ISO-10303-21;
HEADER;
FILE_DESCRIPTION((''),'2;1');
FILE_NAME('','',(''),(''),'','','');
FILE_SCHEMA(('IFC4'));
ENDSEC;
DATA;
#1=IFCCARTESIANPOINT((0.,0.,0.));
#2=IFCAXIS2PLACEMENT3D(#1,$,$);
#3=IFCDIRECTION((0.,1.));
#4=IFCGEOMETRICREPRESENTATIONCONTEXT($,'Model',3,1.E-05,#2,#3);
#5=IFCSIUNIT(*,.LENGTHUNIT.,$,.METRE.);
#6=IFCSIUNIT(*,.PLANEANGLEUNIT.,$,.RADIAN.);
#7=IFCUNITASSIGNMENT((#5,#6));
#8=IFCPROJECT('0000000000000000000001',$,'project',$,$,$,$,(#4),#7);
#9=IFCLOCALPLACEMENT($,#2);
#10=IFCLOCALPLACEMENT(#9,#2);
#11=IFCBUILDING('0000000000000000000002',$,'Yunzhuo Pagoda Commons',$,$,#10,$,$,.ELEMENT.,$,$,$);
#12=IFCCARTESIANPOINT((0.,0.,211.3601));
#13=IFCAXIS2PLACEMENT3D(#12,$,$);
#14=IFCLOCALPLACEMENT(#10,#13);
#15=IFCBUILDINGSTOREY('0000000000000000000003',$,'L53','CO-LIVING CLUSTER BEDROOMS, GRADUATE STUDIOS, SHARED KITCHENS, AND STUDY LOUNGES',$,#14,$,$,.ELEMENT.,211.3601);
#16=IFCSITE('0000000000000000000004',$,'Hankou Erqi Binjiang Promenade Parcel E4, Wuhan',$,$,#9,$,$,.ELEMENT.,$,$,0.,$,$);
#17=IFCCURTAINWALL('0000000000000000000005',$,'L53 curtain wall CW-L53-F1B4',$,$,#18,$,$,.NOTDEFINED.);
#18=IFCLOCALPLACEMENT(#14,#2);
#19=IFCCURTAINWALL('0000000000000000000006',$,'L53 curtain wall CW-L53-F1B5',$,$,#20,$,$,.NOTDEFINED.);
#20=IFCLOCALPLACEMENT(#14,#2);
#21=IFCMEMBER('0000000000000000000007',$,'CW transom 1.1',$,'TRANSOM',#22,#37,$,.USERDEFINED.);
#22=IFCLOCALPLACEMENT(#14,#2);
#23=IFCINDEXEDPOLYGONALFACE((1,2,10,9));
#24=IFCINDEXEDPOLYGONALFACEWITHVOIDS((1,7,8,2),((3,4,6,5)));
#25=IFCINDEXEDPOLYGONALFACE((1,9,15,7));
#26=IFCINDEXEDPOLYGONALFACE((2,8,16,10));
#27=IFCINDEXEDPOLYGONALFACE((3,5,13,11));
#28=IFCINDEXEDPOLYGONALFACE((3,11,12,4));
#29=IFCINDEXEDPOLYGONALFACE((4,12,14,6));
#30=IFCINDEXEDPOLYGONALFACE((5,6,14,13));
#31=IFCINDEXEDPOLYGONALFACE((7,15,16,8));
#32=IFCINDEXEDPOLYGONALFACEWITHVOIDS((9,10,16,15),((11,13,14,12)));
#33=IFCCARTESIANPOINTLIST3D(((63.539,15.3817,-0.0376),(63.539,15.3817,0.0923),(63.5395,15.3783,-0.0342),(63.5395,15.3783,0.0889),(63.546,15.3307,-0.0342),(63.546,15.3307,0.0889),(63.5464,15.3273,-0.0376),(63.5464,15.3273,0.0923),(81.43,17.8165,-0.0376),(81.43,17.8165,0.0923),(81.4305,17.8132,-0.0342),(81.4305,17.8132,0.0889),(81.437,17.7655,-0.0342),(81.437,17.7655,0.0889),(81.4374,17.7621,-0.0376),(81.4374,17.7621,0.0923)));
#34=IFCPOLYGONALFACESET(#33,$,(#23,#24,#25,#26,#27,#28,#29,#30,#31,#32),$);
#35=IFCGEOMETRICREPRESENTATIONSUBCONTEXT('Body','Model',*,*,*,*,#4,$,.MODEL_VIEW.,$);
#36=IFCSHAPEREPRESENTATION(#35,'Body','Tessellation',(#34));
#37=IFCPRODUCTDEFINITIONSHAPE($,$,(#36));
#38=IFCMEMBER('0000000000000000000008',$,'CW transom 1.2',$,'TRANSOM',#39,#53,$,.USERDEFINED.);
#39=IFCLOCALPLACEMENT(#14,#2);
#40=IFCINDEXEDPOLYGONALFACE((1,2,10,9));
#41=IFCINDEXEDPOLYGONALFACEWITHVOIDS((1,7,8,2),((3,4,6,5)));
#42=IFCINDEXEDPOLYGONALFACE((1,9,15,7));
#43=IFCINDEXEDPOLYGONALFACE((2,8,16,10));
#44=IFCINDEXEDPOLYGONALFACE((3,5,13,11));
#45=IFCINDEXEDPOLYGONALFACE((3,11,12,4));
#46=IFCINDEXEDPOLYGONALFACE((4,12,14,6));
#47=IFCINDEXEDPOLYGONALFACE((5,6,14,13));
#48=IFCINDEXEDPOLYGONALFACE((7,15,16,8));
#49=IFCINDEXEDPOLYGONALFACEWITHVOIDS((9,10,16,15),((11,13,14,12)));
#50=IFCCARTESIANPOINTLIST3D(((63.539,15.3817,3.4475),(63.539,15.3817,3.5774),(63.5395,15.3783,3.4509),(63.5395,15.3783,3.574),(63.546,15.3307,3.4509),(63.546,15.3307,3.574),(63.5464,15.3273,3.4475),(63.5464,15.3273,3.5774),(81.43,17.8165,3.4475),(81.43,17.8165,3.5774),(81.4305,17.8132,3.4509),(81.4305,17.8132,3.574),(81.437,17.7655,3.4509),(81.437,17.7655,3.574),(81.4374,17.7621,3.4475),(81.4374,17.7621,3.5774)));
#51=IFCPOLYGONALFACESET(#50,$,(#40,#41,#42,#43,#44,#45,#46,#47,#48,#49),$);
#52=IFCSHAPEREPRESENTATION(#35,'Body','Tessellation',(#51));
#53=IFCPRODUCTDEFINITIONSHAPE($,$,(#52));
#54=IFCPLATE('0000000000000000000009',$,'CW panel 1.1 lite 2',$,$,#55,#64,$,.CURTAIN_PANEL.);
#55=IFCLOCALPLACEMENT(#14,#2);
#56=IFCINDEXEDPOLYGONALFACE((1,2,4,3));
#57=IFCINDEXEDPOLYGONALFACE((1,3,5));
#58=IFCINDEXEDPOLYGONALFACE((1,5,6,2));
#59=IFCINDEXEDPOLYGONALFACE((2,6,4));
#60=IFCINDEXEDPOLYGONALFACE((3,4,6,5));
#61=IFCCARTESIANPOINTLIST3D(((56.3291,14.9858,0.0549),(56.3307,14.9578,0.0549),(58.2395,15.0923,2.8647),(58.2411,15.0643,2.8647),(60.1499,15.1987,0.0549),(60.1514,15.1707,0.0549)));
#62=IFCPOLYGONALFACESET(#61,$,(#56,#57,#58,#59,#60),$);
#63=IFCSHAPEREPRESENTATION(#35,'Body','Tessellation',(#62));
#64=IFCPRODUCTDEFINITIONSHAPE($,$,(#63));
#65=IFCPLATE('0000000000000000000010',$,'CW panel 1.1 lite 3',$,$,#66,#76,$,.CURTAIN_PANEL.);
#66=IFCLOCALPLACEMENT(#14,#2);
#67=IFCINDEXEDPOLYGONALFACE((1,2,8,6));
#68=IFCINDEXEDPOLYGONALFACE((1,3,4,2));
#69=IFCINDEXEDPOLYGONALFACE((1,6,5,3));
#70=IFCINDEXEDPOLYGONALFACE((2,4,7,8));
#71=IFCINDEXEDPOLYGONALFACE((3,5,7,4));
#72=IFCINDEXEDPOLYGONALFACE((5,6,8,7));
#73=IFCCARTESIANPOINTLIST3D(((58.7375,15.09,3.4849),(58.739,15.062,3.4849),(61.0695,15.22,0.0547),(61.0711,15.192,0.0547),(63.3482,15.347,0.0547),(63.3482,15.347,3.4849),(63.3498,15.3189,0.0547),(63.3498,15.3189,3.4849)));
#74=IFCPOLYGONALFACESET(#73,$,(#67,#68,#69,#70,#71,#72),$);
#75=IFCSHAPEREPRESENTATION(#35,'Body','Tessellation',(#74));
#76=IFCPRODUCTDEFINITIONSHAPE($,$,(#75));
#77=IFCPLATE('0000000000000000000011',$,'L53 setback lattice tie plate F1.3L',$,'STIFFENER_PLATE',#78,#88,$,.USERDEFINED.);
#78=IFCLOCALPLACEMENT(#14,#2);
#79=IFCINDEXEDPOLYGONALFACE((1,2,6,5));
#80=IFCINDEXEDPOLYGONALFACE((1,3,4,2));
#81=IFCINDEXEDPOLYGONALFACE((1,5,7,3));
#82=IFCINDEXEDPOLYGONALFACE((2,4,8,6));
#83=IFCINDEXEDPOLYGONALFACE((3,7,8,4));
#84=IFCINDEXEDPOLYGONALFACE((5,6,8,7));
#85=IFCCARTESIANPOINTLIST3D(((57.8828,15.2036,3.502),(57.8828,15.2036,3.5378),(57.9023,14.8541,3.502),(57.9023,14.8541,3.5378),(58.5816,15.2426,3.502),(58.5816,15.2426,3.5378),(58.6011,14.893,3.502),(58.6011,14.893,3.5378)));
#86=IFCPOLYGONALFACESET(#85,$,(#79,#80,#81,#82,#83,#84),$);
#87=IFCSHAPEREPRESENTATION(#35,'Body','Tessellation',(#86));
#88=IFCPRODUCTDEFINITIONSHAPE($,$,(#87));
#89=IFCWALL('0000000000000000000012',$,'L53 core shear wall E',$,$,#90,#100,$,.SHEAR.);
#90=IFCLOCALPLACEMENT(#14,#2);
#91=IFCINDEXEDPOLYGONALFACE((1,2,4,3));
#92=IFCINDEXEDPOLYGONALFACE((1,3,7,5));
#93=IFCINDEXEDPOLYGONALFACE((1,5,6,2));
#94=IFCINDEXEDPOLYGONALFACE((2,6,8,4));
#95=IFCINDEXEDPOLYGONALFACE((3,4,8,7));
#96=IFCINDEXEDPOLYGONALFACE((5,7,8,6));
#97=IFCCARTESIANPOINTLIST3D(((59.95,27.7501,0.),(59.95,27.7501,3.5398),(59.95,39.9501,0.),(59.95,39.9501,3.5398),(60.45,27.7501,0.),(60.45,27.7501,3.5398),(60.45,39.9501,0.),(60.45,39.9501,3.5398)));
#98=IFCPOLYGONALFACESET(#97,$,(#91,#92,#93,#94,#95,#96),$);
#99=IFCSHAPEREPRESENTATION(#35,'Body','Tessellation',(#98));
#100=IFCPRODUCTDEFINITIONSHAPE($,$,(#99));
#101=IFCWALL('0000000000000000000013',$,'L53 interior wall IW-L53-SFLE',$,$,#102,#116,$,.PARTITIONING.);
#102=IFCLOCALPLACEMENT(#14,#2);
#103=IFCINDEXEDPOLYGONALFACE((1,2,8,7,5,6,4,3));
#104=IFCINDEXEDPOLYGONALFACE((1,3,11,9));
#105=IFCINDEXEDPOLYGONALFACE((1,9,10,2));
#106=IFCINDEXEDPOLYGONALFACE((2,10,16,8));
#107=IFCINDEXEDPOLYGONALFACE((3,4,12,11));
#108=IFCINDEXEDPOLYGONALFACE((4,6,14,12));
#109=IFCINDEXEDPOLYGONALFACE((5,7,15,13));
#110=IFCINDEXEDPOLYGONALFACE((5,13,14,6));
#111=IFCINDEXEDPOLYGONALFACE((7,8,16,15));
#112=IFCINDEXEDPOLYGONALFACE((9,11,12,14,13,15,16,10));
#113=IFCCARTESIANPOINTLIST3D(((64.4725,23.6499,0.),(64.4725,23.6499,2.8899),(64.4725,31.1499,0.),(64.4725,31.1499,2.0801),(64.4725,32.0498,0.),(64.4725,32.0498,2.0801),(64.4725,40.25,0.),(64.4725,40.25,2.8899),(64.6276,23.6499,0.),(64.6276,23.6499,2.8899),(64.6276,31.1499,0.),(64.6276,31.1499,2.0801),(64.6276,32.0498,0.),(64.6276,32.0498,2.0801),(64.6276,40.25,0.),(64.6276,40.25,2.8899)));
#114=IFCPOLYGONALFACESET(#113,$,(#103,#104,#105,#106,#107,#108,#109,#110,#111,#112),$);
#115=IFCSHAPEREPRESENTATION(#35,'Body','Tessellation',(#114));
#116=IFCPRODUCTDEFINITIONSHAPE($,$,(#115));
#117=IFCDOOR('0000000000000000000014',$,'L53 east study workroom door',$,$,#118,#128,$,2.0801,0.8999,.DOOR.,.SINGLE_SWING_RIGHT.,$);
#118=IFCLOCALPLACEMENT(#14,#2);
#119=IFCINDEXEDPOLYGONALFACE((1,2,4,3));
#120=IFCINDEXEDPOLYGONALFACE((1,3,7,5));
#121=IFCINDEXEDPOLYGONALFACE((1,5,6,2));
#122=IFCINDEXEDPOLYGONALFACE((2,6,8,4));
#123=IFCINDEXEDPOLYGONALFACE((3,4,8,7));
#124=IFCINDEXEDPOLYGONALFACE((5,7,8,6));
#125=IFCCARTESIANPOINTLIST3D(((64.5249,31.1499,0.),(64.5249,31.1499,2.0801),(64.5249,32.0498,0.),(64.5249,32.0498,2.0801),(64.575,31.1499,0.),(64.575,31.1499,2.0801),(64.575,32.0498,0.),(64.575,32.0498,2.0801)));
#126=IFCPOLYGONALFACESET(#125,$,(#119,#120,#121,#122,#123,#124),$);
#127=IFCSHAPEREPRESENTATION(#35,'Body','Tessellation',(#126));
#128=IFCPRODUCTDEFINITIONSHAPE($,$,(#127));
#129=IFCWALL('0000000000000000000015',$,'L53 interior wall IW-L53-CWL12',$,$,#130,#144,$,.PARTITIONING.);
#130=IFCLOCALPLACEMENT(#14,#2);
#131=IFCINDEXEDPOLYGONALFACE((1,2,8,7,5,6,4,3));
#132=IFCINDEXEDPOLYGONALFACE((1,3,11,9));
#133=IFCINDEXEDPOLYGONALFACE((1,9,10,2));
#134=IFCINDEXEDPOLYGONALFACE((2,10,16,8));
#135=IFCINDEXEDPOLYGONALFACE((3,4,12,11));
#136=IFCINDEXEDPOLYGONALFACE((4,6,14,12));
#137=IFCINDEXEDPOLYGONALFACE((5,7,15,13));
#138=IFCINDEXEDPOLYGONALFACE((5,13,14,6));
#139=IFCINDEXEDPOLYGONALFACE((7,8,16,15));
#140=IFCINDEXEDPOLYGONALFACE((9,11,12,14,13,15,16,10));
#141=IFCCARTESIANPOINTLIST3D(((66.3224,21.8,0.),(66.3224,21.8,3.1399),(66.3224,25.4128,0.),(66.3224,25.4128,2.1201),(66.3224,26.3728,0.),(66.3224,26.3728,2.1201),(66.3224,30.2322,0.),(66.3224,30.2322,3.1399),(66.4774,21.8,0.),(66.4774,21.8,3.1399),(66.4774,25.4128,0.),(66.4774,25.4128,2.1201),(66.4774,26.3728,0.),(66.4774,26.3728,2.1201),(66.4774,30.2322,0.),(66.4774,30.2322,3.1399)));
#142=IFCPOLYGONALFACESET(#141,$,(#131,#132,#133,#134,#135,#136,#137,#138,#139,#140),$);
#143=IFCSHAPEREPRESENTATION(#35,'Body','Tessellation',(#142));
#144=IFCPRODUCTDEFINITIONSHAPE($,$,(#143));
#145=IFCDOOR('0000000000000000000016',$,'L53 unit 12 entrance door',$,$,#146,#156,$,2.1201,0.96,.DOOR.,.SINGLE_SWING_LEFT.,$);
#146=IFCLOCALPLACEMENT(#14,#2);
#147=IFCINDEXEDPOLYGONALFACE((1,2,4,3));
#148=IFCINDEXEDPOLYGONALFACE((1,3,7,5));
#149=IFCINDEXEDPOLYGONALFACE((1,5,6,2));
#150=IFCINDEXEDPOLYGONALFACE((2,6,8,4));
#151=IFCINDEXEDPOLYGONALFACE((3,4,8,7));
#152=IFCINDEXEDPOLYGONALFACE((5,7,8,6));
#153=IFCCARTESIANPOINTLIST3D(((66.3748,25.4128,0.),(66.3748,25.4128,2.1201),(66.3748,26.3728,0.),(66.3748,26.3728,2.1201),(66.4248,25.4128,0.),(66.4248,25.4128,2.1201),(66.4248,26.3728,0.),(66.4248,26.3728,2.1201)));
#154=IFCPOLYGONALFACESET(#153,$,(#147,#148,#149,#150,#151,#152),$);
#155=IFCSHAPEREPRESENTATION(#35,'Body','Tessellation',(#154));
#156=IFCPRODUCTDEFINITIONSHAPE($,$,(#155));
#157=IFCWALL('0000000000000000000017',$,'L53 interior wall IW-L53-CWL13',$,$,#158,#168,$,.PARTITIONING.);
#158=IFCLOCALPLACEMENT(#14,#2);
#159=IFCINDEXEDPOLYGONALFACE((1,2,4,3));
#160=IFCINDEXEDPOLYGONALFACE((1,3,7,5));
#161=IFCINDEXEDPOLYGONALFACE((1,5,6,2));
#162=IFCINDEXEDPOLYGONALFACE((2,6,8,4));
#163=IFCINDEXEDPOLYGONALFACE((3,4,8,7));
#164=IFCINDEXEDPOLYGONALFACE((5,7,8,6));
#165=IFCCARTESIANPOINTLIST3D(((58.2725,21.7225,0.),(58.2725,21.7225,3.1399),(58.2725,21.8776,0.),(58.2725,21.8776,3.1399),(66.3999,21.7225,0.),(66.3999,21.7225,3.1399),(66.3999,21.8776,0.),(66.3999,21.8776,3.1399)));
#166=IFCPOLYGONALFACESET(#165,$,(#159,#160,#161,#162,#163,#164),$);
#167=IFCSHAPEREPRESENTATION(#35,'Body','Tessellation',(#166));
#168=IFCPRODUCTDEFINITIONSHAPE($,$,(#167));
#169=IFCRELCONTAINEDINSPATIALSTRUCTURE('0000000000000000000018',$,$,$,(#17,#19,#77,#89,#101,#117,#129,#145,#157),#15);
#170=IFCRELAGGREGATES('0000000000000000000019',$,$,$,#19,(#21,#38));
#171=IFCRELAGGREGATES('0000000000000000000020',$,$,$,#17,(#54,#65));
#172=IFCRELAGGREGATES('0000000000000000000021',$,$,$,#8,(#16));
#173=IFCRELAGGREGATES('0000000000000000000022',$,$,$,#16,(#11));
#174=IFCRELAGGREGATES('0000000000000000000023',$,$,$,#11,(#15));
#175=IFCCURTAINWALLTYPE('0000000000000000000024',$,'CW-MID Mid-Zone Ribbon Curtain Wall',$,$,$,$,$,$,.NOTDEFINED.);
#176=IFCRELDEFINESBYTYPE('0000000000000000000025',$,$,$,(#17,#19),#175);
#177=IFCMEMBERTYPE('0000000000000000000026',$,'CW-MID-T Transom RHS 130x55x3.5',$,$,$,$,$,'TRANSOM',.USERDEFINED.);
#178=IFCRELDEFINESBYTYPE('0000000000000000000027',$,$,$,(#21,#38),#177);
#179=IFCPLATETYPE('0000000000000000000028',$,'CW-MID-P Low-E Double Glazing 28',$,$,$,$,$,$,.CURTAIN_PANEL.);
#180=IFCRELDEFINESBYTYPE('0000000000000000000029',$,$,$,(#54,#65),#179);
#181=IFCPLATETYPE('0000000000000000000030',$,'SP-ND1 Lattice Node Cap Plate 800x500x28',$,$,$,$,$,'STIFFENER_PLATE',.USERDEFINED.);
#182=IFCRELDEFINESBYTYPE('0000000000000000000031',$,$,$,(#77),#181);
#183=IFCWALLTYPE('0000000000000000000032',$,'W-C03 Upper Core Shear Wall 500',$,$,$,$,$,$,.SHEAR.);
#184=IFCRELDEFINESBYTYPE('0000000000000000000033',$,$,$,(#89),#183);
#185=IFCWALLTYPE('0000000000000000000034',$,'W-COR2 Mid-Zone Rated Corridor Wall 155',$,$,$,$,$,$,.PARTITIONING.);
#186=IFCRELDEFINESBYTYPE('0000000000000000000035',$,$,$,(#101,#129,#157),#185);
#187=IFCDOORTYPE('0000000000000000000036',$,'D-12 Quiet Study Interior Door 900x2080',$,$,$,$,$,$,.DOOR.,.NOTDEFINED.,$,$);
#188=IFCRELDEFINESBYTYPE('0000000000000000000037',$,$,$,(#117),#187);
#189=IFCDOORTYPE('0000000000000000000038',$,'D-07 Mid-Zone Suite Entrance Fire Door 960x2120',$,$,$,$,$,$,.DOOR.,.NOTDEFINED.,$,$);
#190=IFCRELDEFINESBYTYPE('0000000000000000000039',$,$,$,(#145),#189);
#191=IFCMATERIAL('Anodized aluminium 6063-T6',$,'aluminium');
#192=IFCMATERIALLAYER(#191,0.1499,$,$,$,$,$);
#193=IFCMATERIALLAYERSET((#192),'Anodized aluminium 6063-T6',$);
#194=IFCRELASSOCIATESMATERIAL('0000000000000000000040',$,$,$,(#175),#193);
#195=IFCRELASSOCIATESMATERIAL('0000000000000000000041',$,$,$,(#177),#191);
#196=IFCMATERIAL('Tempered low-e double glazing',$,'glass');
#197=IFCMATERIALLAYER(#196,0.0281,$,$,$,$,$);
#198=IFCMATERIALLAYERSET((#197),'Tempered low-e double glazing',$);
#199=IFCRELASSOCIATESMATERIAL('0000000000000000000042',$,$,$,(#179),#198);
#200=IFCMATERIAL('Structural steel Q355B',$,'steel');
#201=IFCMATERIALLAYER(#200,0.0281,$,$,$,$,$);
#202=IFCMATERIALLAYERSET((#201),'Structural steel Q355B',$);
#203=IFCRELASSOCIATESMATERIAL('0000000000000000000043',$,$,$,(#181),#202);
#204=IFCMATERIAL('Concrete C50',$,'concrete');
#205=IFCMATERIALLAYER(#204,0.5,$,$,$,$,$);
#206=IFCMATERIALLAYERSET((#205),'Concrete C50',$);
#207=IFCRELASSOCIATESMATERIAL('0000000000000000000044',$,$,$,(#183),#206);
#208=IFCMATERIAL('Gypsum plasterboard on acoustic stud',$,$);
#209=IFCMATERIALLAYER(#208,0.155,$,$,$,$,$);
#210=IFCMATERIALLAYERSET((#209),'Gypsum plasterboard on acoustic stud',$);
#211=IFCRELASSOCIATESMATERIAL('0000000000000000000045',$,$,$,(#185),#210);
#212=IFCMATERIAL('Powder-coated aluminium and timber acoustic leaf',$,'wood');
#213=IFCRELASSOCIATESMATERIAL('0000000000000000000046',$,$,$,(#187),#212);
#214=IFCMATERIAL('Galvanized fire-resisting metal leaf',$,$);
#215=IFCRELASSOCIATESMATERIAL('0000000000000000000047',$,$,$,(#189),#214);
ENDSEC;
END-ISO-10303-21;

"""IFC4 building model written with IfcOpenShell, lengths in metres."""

from ifc_helpers import new_model, si_unit, direction, frame, frame_2d, origin, origin_with_axes, origin_2d, place, context, subcontext, project, spatial, polyline, rectangle, hollow_rectangle, outline, extrude, source, transform, mapped, material, layer, layer_set, material_profile, profile_set, type_object, element, fill, aggregate, save


model = new_model("IFC4")

# Units and contexts
model_context = context("Model", 3, precision=1e-05, world=origin(), true_north=direction((0.0, 1.0)))
body_context = subcontext(model_context, "Body", "Model", "MODEL_VIEW")
ifc_project = project(units=[si_unit("LENGTHUNIT", "METRE"), si_unit("PLANEANGLEUNIT", "RADIAN")], contexts=[model_context])

# Site, building, storey
site_placement = place(None, origin())
site = spatial("IfcSite", under=ifc_project, at=site_placement, Name="Hankou Erqi Binjiang Promenade Parcel E4, Wuhan", CompositionType="ELEMENT", RefElevation=0.0)
building_placement = place(site_placement, origin())
building = spatial("IfcBuilding", under=site, at=building_placement, Name="Yunzhuo Pagoda Commons", CompositionType="ELEMENT")
storey_placement = place(building_placement, frame((0.0, 0.0, 211.3601)))
storey = spatial("IfcBuildingStorey", under=building, at=storey_placement, Name="L53", Description="CO-LIVING CLUSTER BEDROOMS, GRADUATE STUDIOS, SHARED KITCHENS, AND STUDY LOUNGES", CompositionType="ELEMENT", Elevation=211.3601)

# Shared definitions
ifc_material_1 = material(Name="Structural steel Q355B", Category="steel")

# Curtain wall
ifc_material_2 = material(Name="Anodized aluminium 6063-T6", Category="aluminium")
ifc_layer_1 = layer(ifc_material_2, 0.1499)
ifc_layer_set_1 = layer_set([ifc_layer_1], Name="Anodized aluminium 6063-T6")
curtain_wall_type = type_object("IfcCurtainWallType", Name="CW-MID Mid-Zone Ribbon Curtain Wall", PredefinedType="NOTDEFINED", material=ifc_layer_set_1)
curtain_wall_1_placement = place(storey_placement, origin())
curtain_wall_1 = element("IfcCurtainWall", 1, at=curtain_wall_1_placement, inside=storey, type_object=curtain_wall_type, Name="L53 curtain wall CW-L53-F1B4", PredefinedType="NOTDEFINED")

# Curtain wall, members
curtain_wall_2_placement = place(storey_placement, origin())
curtain_wall_2 = element("IfcCurtainWall", 2, at=curtain_wall_2_placement, inside=storey, type_object=curtain_wall_type, Name="L53 curtain wall CW-L53-F1B5", PredefinedType="NOTDEFINED")
ifc_material_profile_1 = material_profile(ifc_material_2, hollow_rectangle(XDim=0.0549, YDim=0.1299, WallThickness=0.0034, at=origin_2d()), Name="Anodized aluminium 6063-T6")
ifc_profile_set_1 = profile_set([ifc_material_profile_1], Name="Anodized aluminium 6063-T6")
member_type_1 = type_object("IfcMemberType", Name="CW-MID-T Transom RHS 130x55x3.5", ElementType="TRANSOM", PredefinedType="USERDEFINED", material=ifc_profile_set_1)
shared_shape_1 = source(origin(), body_context, "Body", "SweptSolid", [
    extrude(hollow_rectangle(XDim=0.0549, YDim=0.1299, WallThickness=0.0034, at=origin_2d()), origin(), (0.0, 0.0, 1.0), 18.0559),
])
member_1_placement = place(storey_placement, frame((63.5427, 15.3545, 0.0273), z_axis=(0.990866, 0.13485, 0.0), x_axis=(-0.13485, 0.990866, 0.0)))
member_1 = element("IfcMember", 3, at=member_1_placement, type_object=member_type_1, Name="CW transom 1.1", ObjectType="TRANSOM", PredefinedType="USERDEFINED", context=body_context, shape_type="MappedRepresentation", body=[
    mapped(shared_shape_1, transform((0.0, 0.0, 0.0), scale=1.0)),
])
member_2_placement = place(storey_placement, frame((63.5427, 15.3545, 3.5125), z_axis=(0.990866, 0.13485, 0.0), x_axis=(-0.13485, 0.990866, 0.0)))
member_2 = element("IfcMember", 4, at=member_2_placement, type_object=member_type_1, Name="CW transom 1.2", ObjectType="TRANSOM", PredefinedType="USERDEFINED", context=body_context, shape_type="MappedRepresentation", body=[
    mapped(shared_shape_1, transform((0.0, 0.0, 0.0), scale=1.0)),
])
aggregate(curtain_wall_2, [member_1, member_2])

# Plates
ifc_material_3 = material(Name="Tempered low-e double glazing", Category="glass")
ifc_layer_2 = layer(ifc_material_3, 0.0281)
ifc_layer_set_2 = layer_set([ifc_layer_2], Name="Tempered low-e double glazing")
plate_type_1 = type_object("IfcPlateType", Name="CW-MID-P Low-E Double Glazing 28", PredefinedType="CURTAIN_PANEL", material=ifc_layer_set_2)
plate_1_placement = place(storey_placement, frame((58.2395, 15.0923, 1.46), z_axis=(0.055642, -0.998451, 0.0), x_axis=(0.998451, 0.055642, 0.0)))
plate_1 = element("IfcPlate", 5, at=plate_1_placement, type_object=plate_type_1, Name="CW panel 1.1 lite 2", PredefinedType="CURTAIN_PANEL", context=body_context, shape_type="SweptSolid", body=[
    extrude(outline(polyline([(-1.9133, -1.405), (1.9133, -1.405), (0.0, 1.4048), (-1.9133, -1.405)])), origin(), (0.0, 0.0, 1.0), 0.0281),
])
plate_2_placement = place(storey_placement, frame((61.043, 15.2185, 1.7698), z_axis=(0.055642, -0.998451, 0.0), x_axis=(0.998451, 0.055642, 0.0)))
plate_2 = element("IfcPlate", 6, at=plate_2_placement, type_object=plate_type_1, Name="CW panel 1.1 lite 3", PredefinedType="CURTAIN_PANEL", context=body_context, shape_type="SweptSolid", body=[
    extrude(outline(polyline([(-2.3091, 1.7151), (0.0266, -1.7151), (2.3088, -1.7151), (2.3088, 1.7151), (-2.3091, 1.7151)])), origin(), (0.0, 0.0, 1.0), 0.0281),
])
aggregate(curtain_wall_1, [plate_1, plate_2])
ifc_layer_3 = layer(ifc_material_1, 0.0281)
ifc_layer_set_3 = layer_set([ifc_layer_3], Name="Structural steel Q355B")
plate_type_2 = type_object("IfcPlateType", Name="SP-ND1 Lattice Node Cap Plate 800x500x28", ElementType="STIFFENER_PLATE", PredefinedType="USERDEFINED", material=ifc_layer_set_3)
shared_shape_2 = source(origin(), body_context, "Body", "SweptSolid", [
    extrude(rectangle(XDim=0.7, YDim=0.3501, at=origin_2d()), origin(), (0.0, 0.0, 1.0), 0.0359),
])
plate_3_placement = place(storey_placement, frame((58.2419, 15.0483, 3.502), z_axis=(0.0, 0.0, 1.0), x_axis=(0.99845, 0.055647, 0.0)))
element("IfcPlate", 7, at=plate_3_placement, inside=storey, type_object=plate_type_2, Name="L53 setback lattice tie plate F1.3L", ObjectType="STIFFENER_PLATE", PredefinedType="USERDEFINED", context=body_context, shape_type="MappedRepresentation", body=[
    mapped(shared_shape_2, transform((0.0, 0.0, 0.0), scale=1.0)),
])

# Wall
ifc_material_4 = material(Name="Concrete C50", Category="concrete")
ifc_layer_4 = layer(ifc_material_4, 0.5)
ifc_layer_set_4 = layer_set([ifc_layer_4], Name="Concrete C50")
wall_type_1 = type_object("IfcWallType", Name="W-C03 Upper Core Shear Wall 500", PredefinedType="SHEAR", material=ifc_layer_set_4)
wall_1_placement = place(storey_placement, frame((60.2, 27.75, 0.0), z_axis=(0.0, 0.0, 1.0), x_axis=(0.0, 1.0, 0.0)))
element("IfcWall", 8, at=wall_1_placement, inside=storey, type_object=wall_type_1, Name="L53 core shear wall E", PredefinedType="SHEAR", context=body_context, shape_type="SweptSolid", body=[
    extrude(rectangle(XDim=12.2, YDim=0.5, at=frame_2d((6.1001, 0.0))), origin(), (0.0, 0.0, 1.0), 3.5398),
])

# Walls, openings, doors
ifc_material_5 = material(Name="Gypsum plasterboard on acoustic stud")
ifc_layer_5 = layer(ifc_material_5, 0.155)
ifc_layer_set_5 = layer_set([ifc_layer_5], Name="Gypsum plasterboard on acoustic stud")
wall_type_2 = type_object("IfcWallType", Name="W-COR2 Mid-Zone Rated Corridor Wall 155", PredefinedType="PARTITIONING", material=ifc_layer_set_5)
wall_2_placement = place(storey_placement, frame((64.55, 23.6499, 0.0), z_axis=(0.0, 0.0, 1.0), x_axis=(0.0, 1.0, 0.0)))
wall_2 = element("IfcWall", 9, at=wall_2_placement, inside=storey, type_object=wall_type_2, Name="L53 interior wall IW-L53-SFLE", PredefinedType="PARTITIONING", context=body_context, shape_type="SweptSolid", body=[
    extrude(rectangle(XDim=16.6001, YDim=0.155, at=frame_2d((8.3, 0.0))), origin(), (0.0, 0.0, 1.0), 2.8899),
])
opening_1_placement = place(wall_2_placement, frame((7.5, 0.0, 0.0)))
opening_1 = element("IfcOpeningElement", 10, at=opening_1_placement, cuts=wall_2, PredefinedType="OPENING", context=body_context, shape_type="SweptSolid", body=[
    extrude(rectangle(XDim=0.8999, YDim=2.0801, at=frame_2d((0.45, 1.04))), frame((0.0, 0.0874, 0.0), z_axis=(0.0, -1.0, 0.0), x_axis=(1.0, 0.0, 0.0)), (0.0, 0.0, 1.0), 0.175),
])
ifc_material_6 = material(Name="Powder-coated aluminium and timber acoustic leaf", Category="wood")
door_type_1 = type_object("IfcDoorType", Name="D-12 Quiet Study Interior Door 900x2080", OperationType="NOTDEFINED", PredefinedType="DOOR", material=ifc_material_6)
shared_shape_3 = source(origin(), body_context, "Body", "SweptSolid", [
    extrude(rectangle(XDim=0.8999, YDim=2.0801, at=frame_2d((0.45, 1.04))), frame((0.0, 0.0249, 0.0), z_axis=(0.0, -1.0, 0.0), x_axis=(1.0, 0.0, 0.0)), (0.0, 0.0, 1.0), 0.05),
])
door_1_placement = place(opening_1_placement, frame((0.8999, 0.0, 0.0), z_axis=(0.0, 0.0, 1.0), x_axis=(-1.0, 0.0, 0.0)))
door_1 = element("IfcDoor", 11, at=door_1_placement, inside=storey, type_object=door_type_1, Name="L53 east study workroom door", OperationType="SINGLE_SWING_RIGHT", OverallHeight=2.0801, OverallWidth=0.8999, PredefinedType="DOOR", context=body_context, shape_type="MappedRepresentation", body=[
    mapped(shared_shape_3, transform((0.0, 0.0, 0.0), scale=1.0)),
])
fill(opening_1, door_1)
wall_3_placement = place(storey_placement, frame((66.3999, 30.2322, 0.0), z_axis=(0.0, 0.0, 1.0), x_axis=(0.0, -1.0, 0.0)))
wall_3 = element("IfcWall", 12, at=wall_3_placement, inside=storey, type_object=wall_type_2, Name="L53 interior wall IW-L53-CWL12", PredefinedType="PARTITIONING", context=body_context, shape_type="SweptSolid", body=[
    extrude(rectangle(XDim=8.4321, YDim=0.155, at=frame_2d((4.2161, 0.0))), origin(), (0.0, 0.0, 1.0), 3.1399),
])
opening_2_placement = place(wall_3_placement, frame((3.8594, 0.0, 0.0)))
opening_2 = element("IfcOpeningElement", 13, at=opening_2_placement, cuts=wall_3, PredefinedType="OPENING", context=body_context, shape_type="SweptSolid", body=[
    extrude(rectangle(XDim=0.96, YDim=2.1201, at=frame_2d((0.48, 1.0601))), frame((0.0, 0.0874, 0.0), z_axis=(0.0, -1.0, 0.0), x_axis=(1.0, 0.0, 0.0)), (0.0, 0.0, 1.0), 0.175),
])
ifc_material_7 = material(Name="Galvanized fire-resisting metal leaf")
door_type_2 = type_object("IfcDoorType", Name="D-07 Mid-Zone Suite Entrance Fire Door 960x2120", OperationType="NOTDEFINED", PredefinedType="DOOR", material=ifc_material_7)
shared_shape_4 = source(origin(), body_context, "Body", "SweptSolid", [
    extrude(rectangle(XDim=0.96, YDim=2.1201, at=frame_2d((0.48, 1.0601))), frame((0.0, 0.0249, 0.0), z_axis=(0.0, -1.0, 0.0), x_axis=(1.0, 0.0, 0.0)), (0.0, 0.0, 1.0), 0.05),
])
door_2_placement = place(opening_2_placement, origin_with_axes())
door_2 = element("IfcDoor", 14, at=door_2_placement, inside=storey, type_object=door_type_2, Name="L53 unit 12 entrance door", OperationType="SINGLE_SWING_LEFT", OverallHeight=2.1201, OverallWidth=0.96, PredefinedType="DOOR", context=body_context, shape_type="MappedRepresentation", body=[
    mapped(shared_shape_4, transform((0.0, 0.0, 0.0), scale=1.0)),
])
fill(opening_2, door_2)

# Wall
wall_4_placement = place(storey_placement, frame((66.3999, 21.8, 0.0), z_axis=(0.0, 0.0, 1.0), x_axis=(-1.0, 0.0, 0.0)))
element("IfcWall", 15, at=wall_4_placement, inside=storey, type_object=wall_type_2, Name="L53 interior wall IW-L53-CWL13", PredefinedType="PARTITIONING", context=body_context, shape_type="SweptSolid", body=[
    extrude(rectangle(XDim=8.1274, YDim=0.155, at=frame_2d((4.0637, 0.0))), origin(), (0.0, 0.0, 1.0), 3.1399),
])

save(model, "model.ifc")
